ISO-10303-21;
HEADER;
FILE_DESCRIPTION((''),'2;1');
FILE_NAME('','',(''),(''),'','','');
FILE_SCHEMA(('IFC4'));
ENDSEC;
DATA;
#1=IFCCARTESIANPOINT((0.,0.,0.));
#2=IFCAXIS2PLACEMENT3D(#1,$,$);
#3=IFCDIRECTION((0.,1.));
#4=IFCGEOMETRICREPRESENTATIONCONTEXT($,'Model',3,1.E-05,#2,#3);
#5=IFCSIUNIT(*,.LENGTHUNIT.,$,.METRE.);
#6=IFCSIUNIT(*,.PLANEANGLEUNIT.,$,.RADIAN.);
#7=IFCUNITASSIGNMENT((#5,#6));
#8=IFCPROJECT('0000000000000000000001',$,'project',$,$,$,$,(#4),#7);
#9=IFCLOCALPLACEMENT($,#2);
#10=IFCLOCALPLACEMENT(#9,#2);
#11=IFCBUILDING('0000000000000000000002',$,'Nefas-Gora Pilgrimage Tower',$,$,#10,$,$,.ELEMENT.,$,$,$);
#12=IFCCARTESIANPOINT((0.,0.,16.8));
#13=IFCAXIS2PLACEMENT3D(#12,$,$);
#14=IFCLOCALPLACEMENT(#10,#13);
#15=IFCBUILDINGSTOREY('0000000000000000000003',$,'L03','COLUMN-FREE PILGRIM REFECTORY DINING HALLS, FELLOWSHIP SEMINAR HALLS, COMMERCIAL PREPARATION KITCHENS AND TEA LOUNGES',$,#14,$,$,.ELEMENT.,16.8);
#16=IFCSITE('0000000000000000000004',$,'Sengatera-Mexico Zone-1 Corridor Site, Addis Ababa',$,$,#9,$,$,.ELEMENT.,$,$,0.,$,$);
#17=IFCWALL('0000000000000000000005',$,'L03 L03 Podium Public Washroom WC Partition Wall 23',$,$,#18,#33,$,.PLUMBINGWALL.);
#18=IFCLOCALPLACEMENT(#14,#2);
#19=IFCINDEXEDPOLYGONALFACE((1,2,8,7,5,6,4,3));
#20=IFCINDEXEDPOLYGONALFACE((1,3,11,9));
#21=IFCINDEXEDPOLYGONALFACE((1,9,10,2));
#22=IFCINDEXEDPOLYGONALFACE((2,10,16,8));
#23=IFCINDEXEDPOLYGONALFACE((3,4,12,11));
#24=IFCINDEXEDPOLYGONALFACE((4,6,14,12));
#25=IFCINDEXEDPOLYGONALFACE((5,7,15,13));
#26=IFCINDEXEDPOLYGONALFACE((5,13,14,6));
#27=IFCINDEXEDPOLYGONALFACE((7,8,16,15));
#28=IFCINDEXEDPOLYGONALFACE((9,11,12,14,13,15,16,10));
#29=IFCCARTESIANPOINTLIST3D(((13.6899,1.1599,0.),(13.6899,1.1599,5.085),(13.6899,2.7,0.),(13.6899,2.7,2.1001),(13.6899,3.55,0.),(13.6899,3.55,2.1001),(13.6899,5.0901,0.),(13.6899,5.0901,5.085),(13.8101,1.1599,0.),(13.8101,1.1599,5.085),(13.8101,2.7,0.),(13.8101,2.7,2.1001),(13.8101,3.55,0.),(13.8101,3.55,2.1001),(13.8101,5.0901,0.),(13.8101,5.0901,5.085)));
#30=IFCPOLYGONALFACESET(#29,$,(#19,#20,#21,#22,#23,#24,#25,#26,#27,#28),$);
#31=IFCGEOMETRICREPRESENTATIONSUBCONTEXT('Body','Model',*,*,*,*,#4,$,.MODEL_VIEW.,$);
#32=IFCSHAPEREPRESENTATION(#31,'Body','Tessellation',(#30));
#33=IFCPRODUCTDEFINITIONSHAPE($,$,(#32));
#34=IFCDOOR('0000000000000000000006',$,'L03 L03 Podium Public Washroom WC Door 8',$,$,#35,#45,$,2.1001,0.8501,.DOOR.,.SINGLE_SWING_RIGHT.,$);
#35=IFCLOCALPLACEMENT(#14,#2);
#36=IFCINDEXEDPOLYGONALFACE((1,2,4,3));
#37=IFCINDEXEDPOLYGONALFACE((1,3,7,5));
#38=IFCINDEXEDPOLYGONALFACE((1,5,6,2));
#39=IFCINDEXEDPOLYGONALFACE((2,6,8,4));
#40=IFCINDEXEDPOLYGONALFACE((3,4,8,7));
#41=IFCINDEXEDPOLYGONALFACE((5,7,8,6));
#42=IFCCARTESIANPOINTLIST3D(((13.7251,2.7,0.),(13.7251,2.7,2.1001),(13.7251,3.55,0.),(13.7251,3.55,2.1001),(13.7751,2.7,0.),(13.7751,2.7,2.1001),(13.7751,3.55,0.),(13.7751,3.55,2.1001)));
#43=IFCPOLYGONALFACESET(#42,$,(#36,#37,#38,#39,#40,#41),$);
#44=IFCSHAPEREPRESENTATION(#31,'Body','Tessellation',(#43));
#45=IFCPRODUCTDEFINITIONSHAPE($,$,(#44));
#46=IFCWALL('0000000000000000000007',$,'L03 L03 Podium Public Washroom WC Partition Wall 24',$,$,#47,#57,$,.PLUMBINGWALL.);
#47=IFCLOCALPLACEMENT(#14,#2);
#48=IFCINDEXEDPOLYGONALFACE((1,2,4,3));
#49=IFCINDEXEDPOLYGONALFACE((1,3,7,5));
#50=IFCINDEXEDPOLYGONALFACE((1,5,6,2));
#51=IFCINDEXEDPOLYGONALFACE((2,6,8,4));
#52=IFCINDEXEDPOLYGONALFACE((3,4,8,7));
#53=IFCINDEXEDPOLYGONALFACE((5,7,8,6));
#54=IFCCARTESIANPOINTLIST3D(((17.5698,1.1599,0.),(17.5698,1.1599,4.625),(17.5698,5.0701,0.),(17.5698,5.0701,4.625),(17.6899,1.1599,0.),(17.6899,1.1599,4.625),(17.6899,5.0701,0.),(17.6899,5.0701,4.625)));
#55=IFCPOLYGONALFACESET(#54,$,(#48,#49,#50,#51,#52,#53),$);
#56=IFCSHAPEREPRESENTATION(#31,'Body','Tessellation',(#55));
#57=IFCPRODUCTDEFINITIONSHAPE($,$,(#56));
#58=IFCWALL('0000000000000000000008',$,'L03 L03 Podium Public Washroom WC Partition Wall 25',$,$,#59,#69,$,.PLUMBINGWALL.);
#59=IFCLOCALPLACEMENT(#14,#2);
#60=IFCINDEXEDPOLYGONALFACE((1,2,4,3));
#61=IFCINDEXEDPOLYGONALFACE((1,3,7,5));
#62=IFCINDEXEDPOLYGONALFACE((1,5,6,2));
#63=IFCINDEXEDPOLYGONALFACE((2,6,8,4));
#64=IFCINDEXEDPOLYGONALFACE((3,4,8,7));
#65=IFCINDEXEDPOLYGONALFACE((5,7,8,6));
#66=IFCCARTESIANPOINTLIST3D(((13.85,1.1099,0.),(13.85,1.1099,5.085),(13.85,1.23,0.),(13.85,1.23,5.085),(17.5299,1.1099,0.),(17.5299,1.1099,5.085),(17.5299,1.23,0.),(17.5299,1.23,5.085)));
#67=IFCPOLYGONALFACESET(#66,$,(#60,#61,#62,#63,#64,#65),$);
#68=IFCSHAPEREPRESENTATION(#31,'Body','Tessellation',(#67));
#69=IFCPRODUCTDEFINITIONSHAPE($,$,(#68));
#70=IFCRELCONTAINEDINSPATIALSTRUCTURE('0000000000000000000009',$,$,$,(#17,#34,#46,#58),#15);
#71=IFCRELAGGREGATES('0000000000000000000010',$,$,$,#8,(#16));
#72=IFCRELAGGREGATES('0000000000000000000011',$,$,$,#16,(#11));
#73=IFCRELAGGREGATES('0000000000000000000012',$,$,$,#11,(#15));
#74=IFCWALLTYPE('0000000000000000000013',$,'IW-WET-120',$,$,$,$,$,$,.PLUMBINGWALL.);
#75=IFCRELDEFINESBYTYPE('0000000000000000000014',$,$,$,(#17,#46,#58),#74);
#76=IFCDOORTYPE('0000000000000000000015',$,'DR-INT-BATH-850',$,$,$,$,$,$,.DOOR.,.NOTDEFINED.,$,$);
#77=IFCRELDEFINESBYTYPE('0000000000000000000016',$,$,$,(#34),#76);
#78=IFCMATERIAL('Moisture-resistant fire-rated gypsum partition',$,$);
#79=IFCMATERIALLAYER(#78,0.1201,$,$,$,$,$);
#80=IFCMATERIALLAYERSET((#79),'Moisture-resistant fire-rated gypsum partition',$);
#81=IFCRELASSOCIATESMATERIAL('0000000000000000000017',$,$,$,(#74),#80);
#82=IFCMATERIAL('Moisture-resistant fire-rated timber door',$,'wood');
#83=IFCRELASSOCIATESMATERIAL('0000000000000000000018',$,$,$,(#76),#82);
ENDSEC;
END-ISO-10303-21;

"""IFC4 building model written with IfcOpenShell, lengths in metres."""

from ifc_helpers import new_model, si_unit, direction, frame, frame_2d, origin, place, context, subcontext, project, spatial, rectangle, extrude, source, transform, mapped, material, layer, layer_set, type_object, element, fill, save


model = new_model("IFC4")

# Units and contexts
model_context = context("Model", 3, precision=1e-05, world=origin(), true_north=direction((0.0, 1.0)))
body_context = subcontext(model_context, "Body", "Model", "MODEL_VIEW")
ifc_project = project(units=[si_unit("LENGTHUNIT", "METRE"), si_unit("PLANEANGLEUNIT", "RADIAN")], contexts=[model_context])

# Site, building, storey
site_placement = place(None, origin())
site = spatial("IfcSite", under=ifc_project, at=site_placement, Name="Sengatera-Mexico Zone-1 Corridor Site, Addis Ababa", CompositionType="ELEMENT", RefElevation=0.0)
building_placement = place(site_placement, origin())
building = spatial("IfcBuilding", under=site, at=building_placement, Name="Nefas-Gora Pilgrimage Tower", CompositionType="ELEMENT")
storey_placement = place(building_placement, frame((0.0, 0.0, 16.8)))
storey = spatial("IfcBuildingStorey", under=building, at=storey_placement, Name="L03", Description="COLUMN-FREE PILGRIM REFECTORY DINING HALLS, FELLOWSHIP SEMINAR HALLS, COMMERCIAL PREPARATION KITCHENS AND TEA LOUNGES", CompositionType="ELEMENT", Elevation=16.8)

# Shared definitions
ifc_material_1 = material(Name="Moisture-resistant fire-rated gypsum partition")
ifc_layer_1 = layer(ifc_material_1, 0.1201)
ifc_layer_set_1 = layer_set([ifc_layer_1], Name="Moisture-resistant fire-rated gypsum partition")
wall_type_1 = type_object("IfcWallType", Name="IW-WET-120", PredefinedType="PLUMBINGWALL", material=ifc_layer_set_1)
ifc_material_2 = material(Name="Moisture-resistant fire-rated timber door", Category="wood")
door_type_1 = type_object("IfcDoorType", Name="DR-INT-BATH-850", OperationType="NOTDEFINED", PredefinedType="DOOR", material=ifc_material_2)
shared_shape_1 = source(origin(), body_context, "Body", "SweptSolid", [
    extrude(rectangle(XDim=0.8501, YDim=2.1001, at=frame_2d((0.425, 1.05))), frame((0.0, 0.0249, 0.0), z_axis=(0.0, -1.0, 0.0), x_axis=(1.0, 0.0, 0.0)), (0.0, 0.0, 1.0), 0.05),
])

# Wall, opening, door
shared_shape_2 = source(origin(), body_context, "Body", "SweptSolid", [
    extrude(rectangle(XDim=3.9302, YDim=0.1201, at=frame_2d((1.9651, 0.0))), origin(), (0.0, 0.0, 1.0), 5.085),
])
wall_1_placement = place(storey_placement, frame((13.75, 1.1599, 0.0), z_axis=(0.0, 0.0, 1.0), x_axis=(0.0, 1.0, 0.0)))
wall_1 = element("IfcWall", 1, at=wall_1_placement, inside=storey, type_object=wall_type_1, Name="L03 L03 Podium Public Washroom WC Partition Wall 23", PredefinedType="PLUMBINGWALL", context=body_context, shape_type="MappedRepresentation", body=[
    mapped(shared_shape_2, transform((0.0, 0.0, 0.0), x_axis=(1.0, 0.0, 0.0), y_axis=(0.0, 1.0, 0.0), z_axis=(0.0, 0.0, 1.0), scale=1.0)),
])
opening_1_placement = place(wall_1_placement, frame((1.54, 0.0, 0.0)))
opening_1 = element("IfcOpeningElement", 2, at=opening_1_placement, cuts=wall_1, PredefinedType="OPENING", context=body_context, shape_type="SweptSolid", body=[
    extrude(rectangle(XDim=0.8501, YDim=2.1001, at=frame_2d((0.425, 1.05))), frame((0.0, 0.0701, 0.0), z_axis=(0.0, -1.0, 0.0), x_axis=(1.0, 0.0, 0.0)), (0.0, 0.0, 1.0), 0.1401),
])
door_1_placement = place(opening_1_placement, origin())
door_1 = element("IfcDoor", 3, at=door_1_placement, inside=storey, type_object=door_type_1, Name="L03 L03 Podium Public Washroom WC Door 8", OperationType="SINGLE_SWING_RIGHT", OverallHeight=2.1001, OverallWidth=0.8501, PredefinedType="DOOR", context=body_context, shape_type="MappedRepresentation", body=[
    mapped(shared_shape_1, transform((0.0, 0.0, 0.0), x_axis=(1.0, 0.0, 0.0), y_axis=(0.0, 1.0, 0.0), z_axis=(0.0, 0.0, 1.0), scale=1.0)),
])
fill(opening_1, door_1)

# Walls
shared_shape_3 = source(origin(), body_context, "Body", "SweptSolid", [
    extrude(rectangle(XDim=3.9102, YDim=0.1201, at=frame_2d((1.9551, 0.0))), origin(), (0.0, 0.0, 1.0), 4.625),
])
wall_2_placement = place(storey_placement, frame((17.6299, 1.1599, 0.0), z_axis=(0.0, 0.0, 1.0), x_axis=(0.0, 1.0, 0.0)))
element("IfcWall", 4, at=wall_2_placement, inside=storey, type_object=wall_type_1, Name="L03 L03 Podium Public Washroom WC Partition Wall 24", PredefinedType="PLUMBINGWALL", context=body_context, shape_type="MappedRepresentation", body=[
    mapped(shared_shape_3, transform((0.0, 0.0, 0.0), x_axis=(1.0, 0.0, 0.0), y_axis=(0.0, 1.0, 0.0), z_axis=(0.0, 0.0, 1.0), scale=1.0)),
])
shared_shape_4 = source(origin(), body_context, "Body", "SweptSolid", [
    extrude(rectangle(XDim=3.6799, YDim=0.1201, at=frame_2d((1.8398, 0.0))), origin(), (0.0, 0.0, 1.0), 5.085),
])
wall_3_placement = place(storey_placement, frame((13.8501, 1.1699, 0.0), z_axis=(0.0, 0.0, 1.0), x_axis=(1.0, 0.0, 0.0)))
element("IfcWall", 5, at=wall_3_placement, inside=storey, type_object=wall_type_1, Name="L03 L03 Podium Public Washroom WC Partition Wall 25", PredefinedType="PLUMBINGWALL", context=body_context, shape_type="MappedRepresentation", body=[
    mapped(shared_shape_4, transform((0.0, 0.0, 0.0), x_axis=(1.0, 0.0, 0.0), y_axis=(0.0, 1.0, 0.0), z_axis=(0.0, 0.0, 1.0), scale=1.0)),
])

save(model, "model.ifc")
